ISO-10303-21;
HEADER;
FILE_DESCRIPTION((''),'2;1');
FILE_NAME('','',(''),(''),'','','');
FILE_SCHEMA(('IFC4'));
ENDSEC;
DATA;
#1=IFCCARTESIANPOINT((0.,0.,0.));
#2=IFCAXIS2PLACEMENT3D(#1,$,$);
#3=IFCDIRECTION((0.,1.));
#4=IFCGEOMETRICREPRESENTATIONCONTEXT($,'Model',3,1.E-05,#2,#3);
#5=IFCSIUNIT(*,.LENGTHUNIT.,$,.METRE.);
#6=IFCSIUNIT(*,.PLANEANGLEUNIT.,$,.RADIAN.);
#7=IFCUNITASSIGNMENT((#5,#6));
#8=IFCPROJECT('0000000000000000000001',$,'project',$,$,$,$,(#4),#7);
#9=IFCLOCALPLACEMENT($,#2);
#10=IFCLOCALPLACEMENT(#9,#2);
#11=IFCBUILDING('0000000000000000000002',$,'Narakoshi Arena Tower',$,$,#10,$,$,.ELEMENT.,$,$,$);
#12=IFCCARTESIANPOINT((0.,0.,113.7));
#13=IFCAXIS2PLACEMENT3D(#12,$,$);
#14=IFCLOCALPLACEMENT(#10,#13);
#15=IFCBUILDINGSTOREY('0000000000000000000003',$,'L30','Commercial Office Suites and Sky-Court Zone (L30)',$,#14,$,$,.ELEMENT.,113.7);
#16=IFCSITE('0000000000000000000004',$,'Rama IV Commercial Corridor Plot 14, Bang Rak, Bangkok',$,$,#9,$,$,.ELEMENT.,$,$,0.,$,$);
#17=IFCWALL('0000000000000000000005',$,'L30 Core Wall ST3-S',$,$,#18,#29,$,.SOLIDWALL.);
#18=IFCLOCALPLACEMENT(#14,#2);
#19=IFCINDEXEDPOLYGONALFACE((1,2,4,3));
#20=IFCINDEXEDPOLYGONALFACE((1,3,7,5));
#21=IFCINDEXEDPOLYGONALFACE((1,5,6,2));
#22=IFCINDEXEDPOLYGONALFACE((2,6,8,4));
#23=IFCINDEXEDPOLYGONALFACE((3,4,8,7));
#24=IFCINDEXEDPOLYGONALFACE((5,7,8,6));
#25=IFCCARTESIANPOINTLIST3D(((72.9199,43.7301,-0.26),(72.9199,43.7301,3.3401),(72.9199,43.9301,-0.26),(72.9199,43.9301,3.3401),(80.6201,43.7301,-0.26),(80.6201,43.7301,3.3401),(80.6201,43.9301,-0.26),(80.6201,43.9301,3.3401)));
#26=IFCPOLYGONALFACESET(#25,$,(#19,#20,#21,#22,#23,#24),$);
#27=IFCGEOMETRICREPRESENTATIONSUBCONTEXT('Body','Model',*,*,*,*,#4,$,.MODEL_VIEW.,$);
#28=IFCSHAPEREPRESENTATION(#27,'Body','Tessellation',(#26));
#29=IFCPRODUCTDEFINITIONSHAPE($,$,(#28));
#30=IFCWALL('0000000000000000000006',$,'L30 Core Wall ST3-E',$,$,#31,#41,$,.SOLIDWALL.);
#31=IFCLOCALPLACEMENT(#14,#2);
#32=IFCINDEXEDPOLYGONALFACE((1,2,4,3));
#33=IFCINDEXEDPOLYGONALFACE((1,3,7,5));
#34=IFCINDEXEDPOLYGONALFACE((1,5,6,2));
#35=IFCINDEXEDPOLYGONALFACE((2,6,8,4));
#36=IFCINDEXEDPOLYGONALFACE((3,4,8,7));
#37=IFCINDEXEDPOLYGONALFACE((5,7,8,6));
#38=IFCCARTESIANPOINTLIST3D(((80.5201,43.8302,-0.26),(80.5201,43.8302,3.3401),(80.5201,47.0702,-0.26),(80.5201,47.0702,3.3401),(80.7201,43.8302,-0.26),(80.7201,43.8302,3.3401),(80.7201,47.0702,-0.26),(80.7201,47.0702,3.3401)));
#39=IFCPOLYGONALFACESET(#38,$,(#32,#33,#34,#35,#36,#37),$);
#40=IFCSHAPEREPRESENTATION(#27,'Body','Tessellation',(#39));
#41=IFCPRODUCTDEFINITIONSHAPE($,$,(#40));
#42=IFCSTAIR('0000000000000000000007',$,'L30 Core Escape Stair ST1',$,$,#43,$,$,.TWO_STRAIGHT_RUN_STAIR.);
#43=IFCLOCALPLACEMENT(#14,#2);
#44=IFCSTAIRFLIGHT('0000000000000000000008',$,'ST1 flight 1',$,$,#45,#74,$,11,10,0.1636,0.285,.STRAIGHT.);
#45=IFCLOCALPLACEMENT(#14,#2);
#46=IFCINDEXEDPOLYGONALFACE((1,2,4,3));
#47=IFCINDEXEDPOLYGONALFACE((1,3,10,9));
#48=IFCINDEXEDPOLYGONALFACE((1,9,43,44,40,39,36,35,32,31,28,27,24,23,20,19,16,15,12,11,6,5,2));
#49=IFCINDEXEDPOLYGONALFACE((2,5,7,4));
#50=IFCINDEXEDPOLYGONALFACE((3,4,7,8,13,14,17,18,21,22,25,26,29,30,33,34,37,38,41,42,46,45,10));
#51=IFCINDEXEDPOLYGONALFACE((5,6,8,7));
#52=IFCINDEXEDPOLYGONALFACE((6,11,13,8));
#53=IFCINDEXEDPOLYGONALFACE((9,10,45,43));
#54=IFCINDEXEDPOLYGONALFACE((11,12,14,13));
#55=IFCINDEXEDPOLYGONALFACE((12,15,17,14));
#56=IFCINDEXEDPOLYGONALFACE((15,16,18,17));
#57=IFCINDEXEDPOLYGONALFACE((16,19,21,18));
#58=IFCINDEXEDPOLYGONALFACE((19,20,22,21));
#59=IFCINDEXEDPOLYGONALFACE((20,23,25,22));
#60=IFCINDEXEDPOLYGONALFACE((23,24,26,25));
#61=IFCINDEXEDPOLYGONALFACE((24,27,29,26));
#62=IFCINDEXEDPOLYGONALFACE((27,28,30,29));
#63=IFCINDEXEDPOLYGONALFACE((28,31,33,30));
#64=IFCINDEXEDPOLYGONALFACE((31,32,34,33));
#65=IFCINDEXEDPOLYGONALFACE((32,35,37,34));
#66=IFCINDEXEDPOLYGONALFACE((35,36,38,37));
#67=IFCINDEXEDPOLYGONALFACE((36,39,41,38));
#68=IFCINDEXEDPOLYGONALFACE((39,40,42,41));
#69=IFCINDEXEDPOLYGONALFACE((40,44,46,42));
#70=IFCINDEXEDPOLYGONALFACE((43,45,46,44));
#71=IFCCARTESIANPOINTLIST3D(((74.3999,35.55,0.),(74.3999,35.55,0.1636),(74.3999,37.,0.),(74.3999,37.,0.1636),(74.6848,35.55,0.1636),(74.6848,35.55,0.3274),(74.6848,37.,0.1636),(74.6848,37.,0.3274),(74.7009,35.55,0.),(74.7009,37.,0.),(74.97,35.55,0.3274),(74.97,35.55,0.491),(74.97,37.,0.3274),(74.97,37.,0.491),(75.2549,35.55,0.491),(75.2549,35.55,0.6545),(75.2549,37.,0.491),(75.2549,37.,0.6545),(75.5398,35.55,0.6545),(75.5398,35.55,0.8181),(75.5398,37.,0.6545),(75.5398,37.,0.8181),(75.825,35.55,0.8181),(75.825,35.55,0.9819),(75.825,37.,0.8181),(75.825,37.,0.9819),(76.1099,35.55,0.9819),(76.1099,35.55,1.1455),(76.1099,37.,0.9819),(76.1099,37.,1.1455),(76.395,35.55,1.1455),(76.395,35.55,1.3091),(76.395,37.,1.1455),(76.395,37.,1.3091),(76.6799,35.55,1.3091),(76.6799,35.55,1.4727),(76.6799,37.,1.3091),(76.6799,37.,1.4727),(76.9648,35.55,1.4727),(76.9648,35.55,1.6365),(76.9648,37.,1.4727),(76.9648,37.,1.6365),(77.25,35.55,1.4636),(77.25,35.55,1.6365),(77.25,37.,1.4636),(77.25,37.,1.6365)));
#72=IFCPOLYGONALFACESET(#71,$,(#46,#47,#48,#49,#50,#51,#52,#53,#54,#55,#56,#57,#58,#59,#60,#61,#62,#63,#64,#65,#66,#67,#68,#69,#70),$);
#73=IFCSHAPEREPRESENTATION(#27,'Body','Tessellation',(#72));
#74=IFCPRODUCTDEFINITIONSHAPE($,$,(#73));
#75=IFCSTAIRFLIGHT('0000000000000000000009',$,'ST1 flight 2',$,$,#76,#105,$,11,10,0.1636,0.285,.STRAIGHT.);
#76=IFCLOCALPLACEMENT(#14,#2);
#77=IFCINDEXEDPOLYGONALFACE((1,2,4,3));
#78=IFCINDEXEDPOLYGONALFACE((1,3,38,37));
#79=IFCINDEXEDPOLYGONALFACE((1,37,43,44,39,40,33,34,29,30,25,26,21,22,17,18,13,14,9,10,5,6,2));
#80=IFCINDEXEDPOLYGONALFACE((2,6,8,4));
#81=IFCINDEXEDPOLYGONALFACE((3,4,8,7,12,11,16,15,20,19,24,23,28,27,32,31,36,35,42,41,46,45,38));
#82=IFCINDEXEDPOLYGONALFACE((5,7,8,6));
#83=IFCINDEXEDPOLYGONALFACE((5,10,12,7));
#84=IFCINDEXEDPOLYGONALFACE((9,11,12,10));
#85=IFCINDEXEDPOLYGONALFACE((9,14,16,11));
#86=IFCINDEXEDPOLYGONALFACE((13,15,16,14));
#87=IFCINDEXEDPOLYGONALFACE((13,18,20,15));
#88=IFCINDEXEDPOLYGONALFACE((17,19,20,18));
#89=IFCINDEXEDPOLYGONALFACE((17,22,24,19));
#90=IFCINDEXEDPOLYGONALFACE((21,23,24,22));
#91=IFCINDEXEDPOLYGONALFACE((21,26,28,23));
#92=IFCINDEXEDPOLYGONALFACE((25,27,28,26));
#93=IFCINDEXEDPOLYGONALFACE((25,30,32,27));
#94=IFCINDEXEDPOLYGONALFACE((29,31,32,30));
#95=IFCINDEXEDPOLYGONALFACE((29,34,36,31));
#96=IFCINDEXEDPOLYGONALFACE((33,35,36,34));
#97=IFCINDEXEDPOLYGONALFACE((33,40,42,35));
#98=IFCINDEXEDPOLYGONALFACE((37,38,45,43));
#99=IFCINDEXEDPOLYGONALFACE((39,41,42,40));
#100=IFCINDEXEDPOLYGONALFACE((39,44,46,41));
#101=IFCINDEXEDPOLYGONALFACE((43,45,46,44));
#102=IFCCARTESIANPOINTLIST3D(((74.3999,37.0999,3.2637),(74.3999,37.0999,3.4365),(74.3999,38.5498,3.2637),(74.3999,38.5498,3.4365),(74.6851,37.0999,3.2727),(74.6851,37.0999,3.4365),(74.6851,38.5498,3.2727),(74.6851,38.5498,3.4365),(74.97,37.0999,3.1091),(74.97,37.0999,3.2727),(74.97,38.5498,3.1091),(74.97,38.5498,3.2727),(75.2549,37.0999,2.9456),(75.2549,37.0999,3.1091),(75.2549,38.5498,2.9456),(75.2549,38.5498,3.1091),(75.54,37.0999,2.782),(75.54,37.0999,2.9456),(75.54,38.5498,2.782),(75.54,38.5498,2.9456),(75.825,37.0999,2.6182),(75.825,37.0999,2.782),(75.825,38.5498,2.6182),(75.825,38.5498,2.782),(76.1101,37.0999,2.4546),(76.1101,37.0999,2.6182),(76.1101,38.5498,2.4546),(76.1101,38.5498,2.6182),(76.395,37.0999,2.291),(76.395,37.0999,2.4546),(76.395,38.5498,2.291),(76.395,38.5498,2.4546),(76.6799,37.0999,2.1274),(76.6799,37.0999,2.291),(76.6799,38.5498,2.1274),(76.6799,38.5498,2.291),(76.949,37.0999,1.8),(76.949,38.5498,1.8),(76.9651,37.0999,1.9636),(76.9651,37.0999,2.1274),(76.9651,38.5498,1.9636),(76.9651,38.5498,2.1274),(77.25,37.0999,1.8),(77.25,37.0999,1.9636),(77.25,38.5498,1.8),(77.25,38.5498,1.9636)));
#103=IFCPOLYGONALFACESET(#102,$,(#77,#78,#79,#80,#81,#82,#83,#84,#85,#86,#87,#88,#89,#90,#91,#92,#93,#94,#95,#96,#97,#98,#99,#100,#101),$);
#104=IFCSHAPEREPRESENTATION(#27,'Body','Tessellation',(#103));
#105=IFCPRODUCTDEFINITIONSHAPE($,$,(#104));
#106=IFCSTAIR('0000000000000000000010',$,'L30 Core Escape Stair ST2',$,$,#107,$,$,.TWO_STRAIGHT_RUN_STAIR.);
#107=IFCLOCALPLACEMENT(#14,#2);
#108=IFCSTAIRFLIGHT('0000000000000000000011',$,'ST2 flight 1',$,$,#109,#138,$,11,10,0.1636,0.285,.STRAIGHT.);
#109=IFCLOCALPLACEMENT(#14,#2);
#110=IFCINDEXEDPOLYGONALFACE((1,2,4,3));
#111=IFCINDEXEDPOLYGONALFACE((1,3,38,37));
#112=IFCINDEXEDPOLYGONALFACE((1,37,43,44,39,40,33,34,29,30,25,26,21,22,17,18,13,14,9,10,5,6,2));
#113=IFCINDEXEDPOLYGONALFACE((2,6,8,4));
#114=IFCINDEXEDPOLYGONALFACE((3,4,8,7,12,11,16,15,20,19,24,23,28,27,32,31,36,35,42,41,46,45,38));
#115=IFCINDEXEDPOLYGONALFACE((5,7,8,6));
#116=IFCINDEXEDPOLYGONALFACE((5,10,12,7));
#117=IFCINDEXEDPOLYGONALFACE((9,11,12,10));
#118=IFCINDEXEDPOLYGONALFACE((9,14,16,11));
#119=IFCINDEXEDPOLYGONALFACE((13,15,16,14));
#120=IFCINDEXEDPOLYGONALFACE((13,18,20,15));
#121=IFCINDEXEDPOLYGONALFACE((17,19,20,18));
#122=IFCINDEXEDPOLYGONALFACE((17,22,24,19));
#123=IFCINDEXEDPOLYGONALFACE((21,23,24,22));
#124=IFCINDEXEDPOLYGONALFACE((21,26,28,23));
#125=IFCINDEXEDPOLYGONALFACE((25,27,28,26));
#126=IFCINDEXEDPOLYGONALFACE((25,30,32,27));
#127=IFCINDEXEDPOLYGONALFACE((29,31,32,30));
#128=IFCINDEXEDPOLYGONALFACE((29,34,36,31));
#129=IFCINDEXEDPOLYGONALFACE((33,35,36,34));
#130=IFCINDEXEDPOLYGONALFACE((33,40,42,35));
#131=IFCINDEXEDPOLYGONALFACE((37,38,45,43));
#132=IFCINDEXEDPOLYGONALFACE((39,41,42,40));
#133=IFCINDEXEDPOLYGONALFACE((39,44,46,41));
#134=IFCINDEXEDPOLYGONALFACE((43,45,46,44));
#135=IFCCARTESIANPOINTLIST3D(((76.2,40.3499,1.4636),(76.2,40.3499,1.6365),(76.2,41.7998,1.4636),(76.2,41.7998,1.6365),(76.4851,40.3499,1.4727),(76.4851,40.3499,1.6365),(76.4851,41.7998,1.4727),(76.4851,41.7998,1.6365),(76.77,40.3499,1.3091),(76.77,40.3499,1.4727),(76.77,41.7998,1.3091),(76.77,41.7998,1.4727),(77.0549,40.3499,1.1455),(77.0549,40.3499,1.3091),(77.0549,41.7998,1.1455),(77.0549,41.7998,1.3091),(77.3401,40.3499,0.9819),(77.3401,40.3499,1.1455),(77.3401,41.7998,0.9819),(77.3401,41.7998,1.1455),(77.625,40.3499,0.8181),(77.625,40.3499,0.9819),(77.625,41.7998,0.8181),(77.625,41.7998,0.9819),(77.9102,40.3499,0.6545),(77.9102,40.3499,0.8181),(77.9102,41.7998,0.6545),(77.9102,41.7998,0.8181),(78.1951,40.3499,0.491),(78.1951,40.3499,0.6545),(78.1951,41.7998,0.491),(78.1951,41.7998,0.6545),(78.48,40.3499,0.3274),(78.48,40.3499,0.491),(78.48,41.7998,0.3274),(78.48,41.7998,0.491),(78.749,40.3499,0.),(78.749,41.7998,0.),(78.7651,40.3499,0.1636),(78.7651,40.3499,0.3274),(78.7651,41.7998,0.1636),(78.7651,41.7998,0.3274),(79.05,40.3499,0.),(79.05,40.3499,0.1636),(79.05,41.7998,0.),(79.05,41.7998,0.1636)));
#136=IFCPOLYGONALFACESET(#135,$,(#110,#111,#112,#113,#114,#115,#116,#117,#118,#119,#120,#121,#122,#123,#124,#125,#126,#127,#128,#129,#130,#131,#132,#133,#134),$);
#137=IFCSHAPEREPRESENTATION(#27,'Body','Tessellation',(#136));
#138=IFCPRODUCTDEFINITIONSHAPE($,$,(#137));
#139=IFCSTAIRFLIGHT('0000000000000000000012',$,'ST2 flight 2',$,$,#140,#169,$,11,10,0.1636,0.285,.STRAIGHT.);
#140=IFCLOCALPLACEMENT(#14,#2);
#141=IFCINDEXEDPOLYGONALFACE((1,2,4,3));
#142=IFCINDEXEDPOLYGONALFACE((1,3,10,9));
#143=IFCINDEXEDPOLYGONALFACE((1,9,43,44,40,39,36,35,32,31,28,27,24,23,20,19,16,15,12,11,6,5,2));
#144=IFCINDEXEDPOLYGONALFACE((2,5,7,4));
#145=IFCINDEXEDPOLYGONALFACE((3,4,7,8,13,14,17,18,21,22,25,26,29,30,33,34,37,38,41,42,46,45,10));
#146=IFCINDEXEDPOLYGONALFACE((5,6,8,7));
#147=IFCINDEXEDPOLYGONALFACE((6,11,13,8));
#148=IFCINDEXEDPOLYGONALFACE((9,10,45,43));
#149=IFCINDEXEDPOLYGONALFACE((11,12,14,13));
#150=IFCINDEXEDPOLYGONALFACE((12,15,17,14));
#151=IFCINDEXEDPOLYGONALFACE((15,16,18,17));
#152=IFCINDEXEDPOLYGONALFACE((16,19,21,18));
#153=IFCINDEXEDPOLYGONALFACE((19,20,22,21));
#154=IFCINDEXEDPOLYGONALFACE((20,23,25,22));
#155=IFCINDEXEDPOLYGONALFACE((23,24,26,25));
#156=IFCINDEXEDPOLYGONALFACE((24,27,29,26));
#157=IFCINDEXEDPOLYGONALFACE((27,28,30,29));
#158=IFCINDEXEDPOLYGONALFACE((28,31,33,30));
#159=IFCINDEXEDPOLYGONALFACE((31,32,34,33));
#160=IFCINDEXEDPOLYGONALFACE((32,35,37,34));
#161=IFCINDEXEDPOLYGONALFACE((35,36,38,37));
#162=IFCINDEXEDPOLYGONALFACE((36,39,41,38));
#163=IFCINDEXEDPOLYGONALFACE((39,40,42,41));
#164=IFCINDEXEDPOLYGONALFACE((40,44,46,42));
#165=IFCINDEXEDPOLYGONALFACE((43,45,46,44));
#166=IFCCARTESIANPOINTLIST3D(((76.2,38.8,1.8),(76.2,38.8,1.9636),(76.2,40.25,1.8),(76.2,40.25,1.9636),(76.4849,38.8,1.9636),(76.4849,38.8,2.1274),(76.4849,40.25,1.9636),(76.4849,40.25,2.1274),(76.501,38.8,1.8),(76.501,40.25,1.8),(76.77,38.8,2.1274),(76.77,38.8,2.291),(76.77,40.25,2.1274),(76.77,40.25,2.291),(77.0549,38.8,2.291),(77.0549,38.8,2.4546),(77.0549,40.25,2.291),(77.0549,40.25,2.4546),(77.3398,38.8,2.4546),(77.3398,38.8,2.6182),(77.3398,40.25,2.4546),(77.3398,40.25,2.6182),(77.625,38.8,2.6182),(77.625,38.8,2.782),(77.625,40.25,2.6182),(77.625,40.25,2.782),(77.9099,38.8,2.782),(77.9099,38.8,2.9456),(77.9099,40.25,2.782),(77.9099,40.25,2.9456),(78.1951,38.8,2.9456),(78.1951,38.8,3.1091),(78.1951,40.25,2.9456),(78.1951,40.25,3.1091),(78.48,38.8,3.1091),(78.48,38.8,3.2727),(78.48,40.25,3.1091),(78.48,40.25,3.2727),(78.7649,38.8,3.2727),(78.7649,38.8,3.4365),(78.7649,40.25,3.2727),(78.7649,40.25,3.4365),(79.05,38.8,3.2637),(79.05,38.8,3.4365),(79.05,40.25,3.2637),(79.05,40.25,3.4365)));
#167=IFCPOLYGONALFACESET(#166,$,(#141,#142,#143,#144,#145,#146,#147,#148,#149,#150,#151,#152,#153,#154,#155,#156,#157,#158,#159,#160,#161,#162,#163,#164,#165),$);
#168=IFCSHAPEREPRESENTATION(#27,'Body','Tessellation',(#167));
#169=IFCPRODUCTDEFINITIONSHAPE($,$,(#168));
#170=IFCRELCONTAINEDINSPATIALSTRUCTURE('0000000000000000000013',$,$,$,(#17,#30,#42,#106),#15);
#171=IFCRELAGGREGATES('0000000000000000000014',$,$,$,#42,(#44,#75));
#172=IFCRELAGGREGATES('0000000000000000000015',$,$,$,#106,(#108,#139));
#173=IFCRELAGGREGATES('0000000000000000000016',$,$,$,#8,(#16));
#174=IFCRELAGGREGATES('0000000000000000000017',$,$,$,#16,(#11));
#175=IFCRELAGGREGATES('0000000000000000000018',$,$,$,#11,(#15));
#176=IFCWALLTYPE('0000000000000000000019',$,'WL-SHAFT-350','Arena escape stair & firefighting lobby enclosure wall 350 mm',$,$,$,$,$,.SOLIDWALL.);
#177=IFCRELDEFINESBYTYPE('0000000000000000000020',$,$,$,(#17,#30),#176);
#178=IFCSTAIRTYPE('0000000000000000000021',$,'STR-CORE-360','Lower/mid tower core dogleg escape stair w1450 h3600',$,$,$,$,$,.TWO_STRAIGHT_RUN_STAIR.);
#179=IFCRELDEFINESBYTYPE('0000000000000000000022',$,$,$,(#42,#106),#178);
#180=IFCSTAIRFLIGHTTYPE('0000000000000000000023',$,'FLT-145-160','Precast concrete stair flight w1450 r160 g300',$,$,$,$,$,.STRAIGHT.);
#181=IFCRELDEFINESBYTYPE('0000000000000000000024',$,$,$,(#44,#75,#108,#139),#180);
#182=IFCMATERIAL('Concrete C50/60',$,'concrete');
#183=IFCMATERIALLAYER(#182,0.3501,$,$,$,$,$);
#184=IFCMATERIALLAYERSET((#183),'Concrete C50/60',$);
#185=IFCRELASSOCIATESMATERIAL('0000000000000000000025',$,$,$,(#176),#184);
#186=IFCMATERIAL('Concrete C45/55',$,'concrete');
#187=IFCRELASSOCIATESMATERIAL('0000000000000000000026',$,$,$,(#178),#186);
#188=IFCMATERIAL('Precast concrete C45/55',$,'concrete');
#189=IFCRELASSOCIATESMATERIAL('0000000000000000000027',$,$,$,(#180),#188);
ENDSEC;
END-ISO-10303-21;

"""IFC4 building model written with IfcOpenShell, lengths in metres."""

from ifc_helpers import new_model, si_unit, direction, frame, frame_2d, origin, place, context, subcontext, project, spatial, polyline, rectangle, outline, extrude, material, layer, layer_set, type_object, element, aggregate, save


model = new_model("IFC4")

# Units and contexts
model_context = context("Model", 3, precision=1e-05, world=origin(), true_north=direction((0.0, 1.0)))
body_context = subcontext(model_context, "Body", "Model", "MODEL_VIEW")
ifc_project = project(units=[si_unit("LENGTHUNIT", "METRE"), si_unit("PLANEANGLEUNIT", "RADIAN")], contexts=[model_context])

# Site, building, storey
site_placement = place(None, origin())
site = spatial("IfcSite", under=ifc_project, at=site_placement, Name="Rama IV Commercial Corridor Plot 14, Bang Rak, Bangkok", CompositionType="ELEMENT", RefElevation=0.0)
building_placement = place(site_placement, origin())
building = spatial("IfcBuilding", under=site, at=building_placement, Name="Narakoshi Arena Tower", CompositionType="ELEMENT")
storey_placement = place(building_placement, frame((0.0, 0.0, 113.7)))
storey = spatial("IfcBuildingStorey", under=building, at=storey_placement, Name="L30", Description="Commercial Office Suites and Sky-Court Zone (L30)", CompositionType="ELEMENT", Elevation=113.7)

# Shared definitions
ifc_material_1 = material(Name="Concrete C50/60", Category="concrete")
ifc_layer_1 = layer(ifc_material_1, 0.3501)
ifc_layer_set_1 = layer_set([ifc_layer_1], Name="Concrete C50/60")
wall_type_1 = type_object("IfcWallType", Name="WL-SHAFT-350", Description="Arena escape stair & firefighting lobby enclosure wall 350 mm", PredefinedType="SOLIDWALL", material=ifc_layer_set_1)

# Walls
wall_1_placement = place(storey_placement, frame((72.9199, 43.8301, -0.26), z_axis=(0.0, 0.0, 1.0), x_axis=(1.0, 0.0, 0.0)))
element("IfcWall", 1, at=wall_1_placement, inside=storey, type_object=wall_type_1, Name="L30 Core Wall ST3-S", PredefinedType="SOLIDWALL", context=body_context, shape_type="SweptSolid", body=[
    extrude(rectangle(XDim=7.7002, YDim=0.2, at=frame_2d((3.8501, 0.0))), origin(), (0.0, 0.0, 1.0), 3.6001),
])
wall_2_placement = place(storey_placement, frame((80.6201, 43.8301, -0.26), z_axis=(0.0, 0.0, 1.0), x_axis=(0.0, 1.0, 0.0)))
element("IfcWall", 2, at=wall_2_placement, inside=storey, type_object=wall_type_1, Name="L30 Core Wall ST3-E", PredefinedType="SOLIDWALL", context=body_context, shape_type="SweptSolid", body=[
    extrude(rectangle(XDim=3.24, YDim=0.2, at=frame_2d((1.6201, 0.0))), origin(), (0.0, 0.0, 1.0), 3.6001),
])

# Stairs, stair flights
ifc_material_2 = material(Name="Concrete C45/55", Category="concrete")
stair_type = type_object("IfcStairType", Name="STR-CORE-360", Description="Lower/mid tower core dogleg escape stair w1450 h3600", PredefinedType="TWO_STRAIGHT_RUN_STAIR", material=ifc_material_2)
stair_1_placement = place(storey_placement, origin())
stair_1 = element("IfcStair", 3, at=stair_1_placement, inside=storey, type_object=stair_type, Name="L30 Core Escape Stair ST1", PredefinedType="TWO_STRAIGHT_RUN_STAIR")
ifc_material_3 = material(Name="Precast concrete C45/55", Category="concrete")
stair_flight_type = type_object("IfcStairFlightType", Name="FLT-145-160", Description="Precast concrete stair flight w1450 r160 g300", PredefinedType="STRAIGHT", material=ifc_material_3)
stair_flight_1_placement = place(storey_placement, frame((74.3999, 36.2749, 0.0), z_axis=(0.0, 0.0, 1.0), x_axis=(1.0, 0.0, 0.0)))
stair_flight_1 = element("IfcStairFlight", 4, at=stair_flight_1_placement, type_object=stair_flight_type, Name="ST1 flight 1", NumberOfRisers=11, NumberOfTreads=10, PredefinedType="STRAIGHT", RiserHeight=0.1636, TreadLength=0.285, context=body_context, shape_type="SweptSolid", body=[
    extrude(outline(polyline([(0.0, 0.0), (0.0, 0.1636), (0.2849, 0.1636), (0.2849, 0.3274), (0.5701, 0.3274), (0.5701, 0.491), (0.855, 0.491), (0.855, 0.6545), (1.1399, 0.6545), (1.1399, 0.8181), (1.425, 0.8181), (1.425, 0.9819), (1.71, 0.9819), (1.71, 1.1455), (1.9951, 1.1455), (1.9951, 1.3091), (2.28, 1.3091), (2.28, 1.4727), (2.5649, 1.4727), (2.5649, 1.6365), (2.8501, 1.6365), (2.8501, 1.8), (2.8501, 1.4636), (0.301, 0.0), (0.0, 0.0)])), frame((0.0, 0.7251, 0.0), z_axis=(0.0, -1.0, 0.0), x_axis=(1.0, 0.0, 0.0)), (0.0, 0.0, 1.0), 1.45),
])
stair_flight_2_placement = place(storey_placement, frame((77.25, 37.825, 1.8), z_axis=(0.0, 0.0, 1.0), x_axis=(-1.0, 0.0, 0.0)))
stair_flight_2 = element("IfcStairFlight", 5, at=stair_flight_2_placement, type_object=stair_flight_type, Name="ST1 flight 2", NumberOfRisers=11, NumberOfTreads=10, PredefinedType="STRAIGHT", RiserHeight=0.1636, TreadLength=0.285, context=body_context, shape_type="SweptSolid", body=[
    extrude(outline(polyline([(0.0, 0.0), (0.0, 0.1636), (0.2849, 0.1636), (0.2849, 0.3274), (0.5701, 0.3274), (0.5701, 0.491), (0.855, 0.491), (0.855, 0.6545), (1.1399, 0.6545), (1.1399, 0.8181), (1.425, 0.8181), (1.425, 0.9819), (1.71, 0.9819), (1.71, 1.1455), (1.9951, 1.1455), (1.9951, 1.3091), (2.28, 1.3091), (2.28, 1.4727), (2.5649, 1.4727), (2.5649, 1.6365), (2.8501, 1.6365), (2.8501, 1.8), (2.8501, 1.4636), (0.301, 0.0), (0.0, 0.0)])), frame((0.0, 0.7251, 0.0), z_axis=(0.0, -1.0, 0.0), x_axis=(1.0, 0.0, 0.0)), (0.0, 0.0, 1.0), 1.45),
])
aggregate(stair_1, [stair_flight_1, stair_flight_2])
stair_2_placement = place(storey_placement, origin())
stair_2 = element("IfcStair", 6, at=stair_2_placement, inside=storey, type_object=stair_type, Name="L30 Core Escape Stair ST2", PredefinedType="TWO_STRAIGHT_RUN_STAIR")
stair_flight_3_placement = place(storey_placement, frame((79.05, 41.075, 0.0), z_axis=(0.0, 0.0, 1.0), x_axis=(-1.0, 0.0, 0.0)))
stair_flight_3 = element("IfcStairFlight", 7, at=stair_flight_3_placement, type_object=stair_flight_type, Name="ST2 flight 1", NumberOfRisers=11, NumberOfTreads=10, PredefinedType="STRAIGHT", RiserHeight=0.1636, TreadLength=0.285, context=body_context, shape_type="SweptSolid", body=[
    extrude(outline(polyline([(0.0, 0.0), (0.0, 0.1636), (0.2849, 0.1636), (0.2849, 0.3274), (0.5701, 0.3274), (0.5701, 0.491), (0.855, 0.491), (0.855, 0.6545), (1.1399, 0.6545), (1.1399, 0.8181), (1.425, 0.8181), (1.425, 0.9819), (1.71, 0.9819), (1.71, 1.1455), (1.9951, 1.1455), (1.9951, 1.3091), (2.28, 1.3091), (2.28, 1.4727), (2.5649, 1.4727), (2.5649, 1.6365), (2.8501, 1.6365), (2.8501, 1.8), (2.8501, 1.4636), (0.301, 0.0), (0.0, 0.0)])), frame((0.0, 0.7251, 0.0), z_axis=(0.0, -1.0, 0.0), x_axis=(1.0, 0.0, 0.0)), (0.0, 0.0, 1.0), 1.45),
])
stair_flight_4_placement = place(storey_placement, frame((76.2, 39.5249, 1.8), z_axis=(0.0, 0.0, 1.0), x_axis=(1.0, 0.0, 0.0)))
stair_flight_4 = element("IfcStairFlight", 8, at=stair_flight_4_placement, type_object=stair_flight_type, Name="ST2 flight 2", NumberOfRisers=11, NumberOfTreads=10, PredefinedType="STRAIGHT", RiserHeight=0.1636, TreadLength=0.285, context=body_context, shape_type="SweptSolid", body=[
    extrude(outline(polyline([(0.0, 0.0), (0.0, 0.1636), (0.2849, 0.1636), (0.2849, 0.3274), (0.5701, 0.3274), (0.5701, 0.491), (0.855, 0.491), (0.855, 0.6545), (1.1399, 0.6545), (1.1399, 0.8181), (1.425, 0.8181), (1.425, 0.9819), (1.71, 0.9819), (1.71, 1.1455), (1.9951, 1.1455), (1.9951, 1.3091), (2.28, 1.3091), (2.28, 1.4727), (2.5649, 1.4727), (2.5649, 1.6365), (2.8501, 1.6365), (2.8501, 1.8), (2.8501, 1.4636), (0.301, 0.0), (0.0, 0.0)])), frame((0.0, 0.7251, 0.0), z_axis=(0.0, -1.0, 0.0), x_axis=(1.0, 0.0, 0.0)), (0.0, 0.0, 1.0), 1.45),
])
aggregate(stair_2, [stair_flight_3, stair_flight_4])

save(model, "model.ifc")
